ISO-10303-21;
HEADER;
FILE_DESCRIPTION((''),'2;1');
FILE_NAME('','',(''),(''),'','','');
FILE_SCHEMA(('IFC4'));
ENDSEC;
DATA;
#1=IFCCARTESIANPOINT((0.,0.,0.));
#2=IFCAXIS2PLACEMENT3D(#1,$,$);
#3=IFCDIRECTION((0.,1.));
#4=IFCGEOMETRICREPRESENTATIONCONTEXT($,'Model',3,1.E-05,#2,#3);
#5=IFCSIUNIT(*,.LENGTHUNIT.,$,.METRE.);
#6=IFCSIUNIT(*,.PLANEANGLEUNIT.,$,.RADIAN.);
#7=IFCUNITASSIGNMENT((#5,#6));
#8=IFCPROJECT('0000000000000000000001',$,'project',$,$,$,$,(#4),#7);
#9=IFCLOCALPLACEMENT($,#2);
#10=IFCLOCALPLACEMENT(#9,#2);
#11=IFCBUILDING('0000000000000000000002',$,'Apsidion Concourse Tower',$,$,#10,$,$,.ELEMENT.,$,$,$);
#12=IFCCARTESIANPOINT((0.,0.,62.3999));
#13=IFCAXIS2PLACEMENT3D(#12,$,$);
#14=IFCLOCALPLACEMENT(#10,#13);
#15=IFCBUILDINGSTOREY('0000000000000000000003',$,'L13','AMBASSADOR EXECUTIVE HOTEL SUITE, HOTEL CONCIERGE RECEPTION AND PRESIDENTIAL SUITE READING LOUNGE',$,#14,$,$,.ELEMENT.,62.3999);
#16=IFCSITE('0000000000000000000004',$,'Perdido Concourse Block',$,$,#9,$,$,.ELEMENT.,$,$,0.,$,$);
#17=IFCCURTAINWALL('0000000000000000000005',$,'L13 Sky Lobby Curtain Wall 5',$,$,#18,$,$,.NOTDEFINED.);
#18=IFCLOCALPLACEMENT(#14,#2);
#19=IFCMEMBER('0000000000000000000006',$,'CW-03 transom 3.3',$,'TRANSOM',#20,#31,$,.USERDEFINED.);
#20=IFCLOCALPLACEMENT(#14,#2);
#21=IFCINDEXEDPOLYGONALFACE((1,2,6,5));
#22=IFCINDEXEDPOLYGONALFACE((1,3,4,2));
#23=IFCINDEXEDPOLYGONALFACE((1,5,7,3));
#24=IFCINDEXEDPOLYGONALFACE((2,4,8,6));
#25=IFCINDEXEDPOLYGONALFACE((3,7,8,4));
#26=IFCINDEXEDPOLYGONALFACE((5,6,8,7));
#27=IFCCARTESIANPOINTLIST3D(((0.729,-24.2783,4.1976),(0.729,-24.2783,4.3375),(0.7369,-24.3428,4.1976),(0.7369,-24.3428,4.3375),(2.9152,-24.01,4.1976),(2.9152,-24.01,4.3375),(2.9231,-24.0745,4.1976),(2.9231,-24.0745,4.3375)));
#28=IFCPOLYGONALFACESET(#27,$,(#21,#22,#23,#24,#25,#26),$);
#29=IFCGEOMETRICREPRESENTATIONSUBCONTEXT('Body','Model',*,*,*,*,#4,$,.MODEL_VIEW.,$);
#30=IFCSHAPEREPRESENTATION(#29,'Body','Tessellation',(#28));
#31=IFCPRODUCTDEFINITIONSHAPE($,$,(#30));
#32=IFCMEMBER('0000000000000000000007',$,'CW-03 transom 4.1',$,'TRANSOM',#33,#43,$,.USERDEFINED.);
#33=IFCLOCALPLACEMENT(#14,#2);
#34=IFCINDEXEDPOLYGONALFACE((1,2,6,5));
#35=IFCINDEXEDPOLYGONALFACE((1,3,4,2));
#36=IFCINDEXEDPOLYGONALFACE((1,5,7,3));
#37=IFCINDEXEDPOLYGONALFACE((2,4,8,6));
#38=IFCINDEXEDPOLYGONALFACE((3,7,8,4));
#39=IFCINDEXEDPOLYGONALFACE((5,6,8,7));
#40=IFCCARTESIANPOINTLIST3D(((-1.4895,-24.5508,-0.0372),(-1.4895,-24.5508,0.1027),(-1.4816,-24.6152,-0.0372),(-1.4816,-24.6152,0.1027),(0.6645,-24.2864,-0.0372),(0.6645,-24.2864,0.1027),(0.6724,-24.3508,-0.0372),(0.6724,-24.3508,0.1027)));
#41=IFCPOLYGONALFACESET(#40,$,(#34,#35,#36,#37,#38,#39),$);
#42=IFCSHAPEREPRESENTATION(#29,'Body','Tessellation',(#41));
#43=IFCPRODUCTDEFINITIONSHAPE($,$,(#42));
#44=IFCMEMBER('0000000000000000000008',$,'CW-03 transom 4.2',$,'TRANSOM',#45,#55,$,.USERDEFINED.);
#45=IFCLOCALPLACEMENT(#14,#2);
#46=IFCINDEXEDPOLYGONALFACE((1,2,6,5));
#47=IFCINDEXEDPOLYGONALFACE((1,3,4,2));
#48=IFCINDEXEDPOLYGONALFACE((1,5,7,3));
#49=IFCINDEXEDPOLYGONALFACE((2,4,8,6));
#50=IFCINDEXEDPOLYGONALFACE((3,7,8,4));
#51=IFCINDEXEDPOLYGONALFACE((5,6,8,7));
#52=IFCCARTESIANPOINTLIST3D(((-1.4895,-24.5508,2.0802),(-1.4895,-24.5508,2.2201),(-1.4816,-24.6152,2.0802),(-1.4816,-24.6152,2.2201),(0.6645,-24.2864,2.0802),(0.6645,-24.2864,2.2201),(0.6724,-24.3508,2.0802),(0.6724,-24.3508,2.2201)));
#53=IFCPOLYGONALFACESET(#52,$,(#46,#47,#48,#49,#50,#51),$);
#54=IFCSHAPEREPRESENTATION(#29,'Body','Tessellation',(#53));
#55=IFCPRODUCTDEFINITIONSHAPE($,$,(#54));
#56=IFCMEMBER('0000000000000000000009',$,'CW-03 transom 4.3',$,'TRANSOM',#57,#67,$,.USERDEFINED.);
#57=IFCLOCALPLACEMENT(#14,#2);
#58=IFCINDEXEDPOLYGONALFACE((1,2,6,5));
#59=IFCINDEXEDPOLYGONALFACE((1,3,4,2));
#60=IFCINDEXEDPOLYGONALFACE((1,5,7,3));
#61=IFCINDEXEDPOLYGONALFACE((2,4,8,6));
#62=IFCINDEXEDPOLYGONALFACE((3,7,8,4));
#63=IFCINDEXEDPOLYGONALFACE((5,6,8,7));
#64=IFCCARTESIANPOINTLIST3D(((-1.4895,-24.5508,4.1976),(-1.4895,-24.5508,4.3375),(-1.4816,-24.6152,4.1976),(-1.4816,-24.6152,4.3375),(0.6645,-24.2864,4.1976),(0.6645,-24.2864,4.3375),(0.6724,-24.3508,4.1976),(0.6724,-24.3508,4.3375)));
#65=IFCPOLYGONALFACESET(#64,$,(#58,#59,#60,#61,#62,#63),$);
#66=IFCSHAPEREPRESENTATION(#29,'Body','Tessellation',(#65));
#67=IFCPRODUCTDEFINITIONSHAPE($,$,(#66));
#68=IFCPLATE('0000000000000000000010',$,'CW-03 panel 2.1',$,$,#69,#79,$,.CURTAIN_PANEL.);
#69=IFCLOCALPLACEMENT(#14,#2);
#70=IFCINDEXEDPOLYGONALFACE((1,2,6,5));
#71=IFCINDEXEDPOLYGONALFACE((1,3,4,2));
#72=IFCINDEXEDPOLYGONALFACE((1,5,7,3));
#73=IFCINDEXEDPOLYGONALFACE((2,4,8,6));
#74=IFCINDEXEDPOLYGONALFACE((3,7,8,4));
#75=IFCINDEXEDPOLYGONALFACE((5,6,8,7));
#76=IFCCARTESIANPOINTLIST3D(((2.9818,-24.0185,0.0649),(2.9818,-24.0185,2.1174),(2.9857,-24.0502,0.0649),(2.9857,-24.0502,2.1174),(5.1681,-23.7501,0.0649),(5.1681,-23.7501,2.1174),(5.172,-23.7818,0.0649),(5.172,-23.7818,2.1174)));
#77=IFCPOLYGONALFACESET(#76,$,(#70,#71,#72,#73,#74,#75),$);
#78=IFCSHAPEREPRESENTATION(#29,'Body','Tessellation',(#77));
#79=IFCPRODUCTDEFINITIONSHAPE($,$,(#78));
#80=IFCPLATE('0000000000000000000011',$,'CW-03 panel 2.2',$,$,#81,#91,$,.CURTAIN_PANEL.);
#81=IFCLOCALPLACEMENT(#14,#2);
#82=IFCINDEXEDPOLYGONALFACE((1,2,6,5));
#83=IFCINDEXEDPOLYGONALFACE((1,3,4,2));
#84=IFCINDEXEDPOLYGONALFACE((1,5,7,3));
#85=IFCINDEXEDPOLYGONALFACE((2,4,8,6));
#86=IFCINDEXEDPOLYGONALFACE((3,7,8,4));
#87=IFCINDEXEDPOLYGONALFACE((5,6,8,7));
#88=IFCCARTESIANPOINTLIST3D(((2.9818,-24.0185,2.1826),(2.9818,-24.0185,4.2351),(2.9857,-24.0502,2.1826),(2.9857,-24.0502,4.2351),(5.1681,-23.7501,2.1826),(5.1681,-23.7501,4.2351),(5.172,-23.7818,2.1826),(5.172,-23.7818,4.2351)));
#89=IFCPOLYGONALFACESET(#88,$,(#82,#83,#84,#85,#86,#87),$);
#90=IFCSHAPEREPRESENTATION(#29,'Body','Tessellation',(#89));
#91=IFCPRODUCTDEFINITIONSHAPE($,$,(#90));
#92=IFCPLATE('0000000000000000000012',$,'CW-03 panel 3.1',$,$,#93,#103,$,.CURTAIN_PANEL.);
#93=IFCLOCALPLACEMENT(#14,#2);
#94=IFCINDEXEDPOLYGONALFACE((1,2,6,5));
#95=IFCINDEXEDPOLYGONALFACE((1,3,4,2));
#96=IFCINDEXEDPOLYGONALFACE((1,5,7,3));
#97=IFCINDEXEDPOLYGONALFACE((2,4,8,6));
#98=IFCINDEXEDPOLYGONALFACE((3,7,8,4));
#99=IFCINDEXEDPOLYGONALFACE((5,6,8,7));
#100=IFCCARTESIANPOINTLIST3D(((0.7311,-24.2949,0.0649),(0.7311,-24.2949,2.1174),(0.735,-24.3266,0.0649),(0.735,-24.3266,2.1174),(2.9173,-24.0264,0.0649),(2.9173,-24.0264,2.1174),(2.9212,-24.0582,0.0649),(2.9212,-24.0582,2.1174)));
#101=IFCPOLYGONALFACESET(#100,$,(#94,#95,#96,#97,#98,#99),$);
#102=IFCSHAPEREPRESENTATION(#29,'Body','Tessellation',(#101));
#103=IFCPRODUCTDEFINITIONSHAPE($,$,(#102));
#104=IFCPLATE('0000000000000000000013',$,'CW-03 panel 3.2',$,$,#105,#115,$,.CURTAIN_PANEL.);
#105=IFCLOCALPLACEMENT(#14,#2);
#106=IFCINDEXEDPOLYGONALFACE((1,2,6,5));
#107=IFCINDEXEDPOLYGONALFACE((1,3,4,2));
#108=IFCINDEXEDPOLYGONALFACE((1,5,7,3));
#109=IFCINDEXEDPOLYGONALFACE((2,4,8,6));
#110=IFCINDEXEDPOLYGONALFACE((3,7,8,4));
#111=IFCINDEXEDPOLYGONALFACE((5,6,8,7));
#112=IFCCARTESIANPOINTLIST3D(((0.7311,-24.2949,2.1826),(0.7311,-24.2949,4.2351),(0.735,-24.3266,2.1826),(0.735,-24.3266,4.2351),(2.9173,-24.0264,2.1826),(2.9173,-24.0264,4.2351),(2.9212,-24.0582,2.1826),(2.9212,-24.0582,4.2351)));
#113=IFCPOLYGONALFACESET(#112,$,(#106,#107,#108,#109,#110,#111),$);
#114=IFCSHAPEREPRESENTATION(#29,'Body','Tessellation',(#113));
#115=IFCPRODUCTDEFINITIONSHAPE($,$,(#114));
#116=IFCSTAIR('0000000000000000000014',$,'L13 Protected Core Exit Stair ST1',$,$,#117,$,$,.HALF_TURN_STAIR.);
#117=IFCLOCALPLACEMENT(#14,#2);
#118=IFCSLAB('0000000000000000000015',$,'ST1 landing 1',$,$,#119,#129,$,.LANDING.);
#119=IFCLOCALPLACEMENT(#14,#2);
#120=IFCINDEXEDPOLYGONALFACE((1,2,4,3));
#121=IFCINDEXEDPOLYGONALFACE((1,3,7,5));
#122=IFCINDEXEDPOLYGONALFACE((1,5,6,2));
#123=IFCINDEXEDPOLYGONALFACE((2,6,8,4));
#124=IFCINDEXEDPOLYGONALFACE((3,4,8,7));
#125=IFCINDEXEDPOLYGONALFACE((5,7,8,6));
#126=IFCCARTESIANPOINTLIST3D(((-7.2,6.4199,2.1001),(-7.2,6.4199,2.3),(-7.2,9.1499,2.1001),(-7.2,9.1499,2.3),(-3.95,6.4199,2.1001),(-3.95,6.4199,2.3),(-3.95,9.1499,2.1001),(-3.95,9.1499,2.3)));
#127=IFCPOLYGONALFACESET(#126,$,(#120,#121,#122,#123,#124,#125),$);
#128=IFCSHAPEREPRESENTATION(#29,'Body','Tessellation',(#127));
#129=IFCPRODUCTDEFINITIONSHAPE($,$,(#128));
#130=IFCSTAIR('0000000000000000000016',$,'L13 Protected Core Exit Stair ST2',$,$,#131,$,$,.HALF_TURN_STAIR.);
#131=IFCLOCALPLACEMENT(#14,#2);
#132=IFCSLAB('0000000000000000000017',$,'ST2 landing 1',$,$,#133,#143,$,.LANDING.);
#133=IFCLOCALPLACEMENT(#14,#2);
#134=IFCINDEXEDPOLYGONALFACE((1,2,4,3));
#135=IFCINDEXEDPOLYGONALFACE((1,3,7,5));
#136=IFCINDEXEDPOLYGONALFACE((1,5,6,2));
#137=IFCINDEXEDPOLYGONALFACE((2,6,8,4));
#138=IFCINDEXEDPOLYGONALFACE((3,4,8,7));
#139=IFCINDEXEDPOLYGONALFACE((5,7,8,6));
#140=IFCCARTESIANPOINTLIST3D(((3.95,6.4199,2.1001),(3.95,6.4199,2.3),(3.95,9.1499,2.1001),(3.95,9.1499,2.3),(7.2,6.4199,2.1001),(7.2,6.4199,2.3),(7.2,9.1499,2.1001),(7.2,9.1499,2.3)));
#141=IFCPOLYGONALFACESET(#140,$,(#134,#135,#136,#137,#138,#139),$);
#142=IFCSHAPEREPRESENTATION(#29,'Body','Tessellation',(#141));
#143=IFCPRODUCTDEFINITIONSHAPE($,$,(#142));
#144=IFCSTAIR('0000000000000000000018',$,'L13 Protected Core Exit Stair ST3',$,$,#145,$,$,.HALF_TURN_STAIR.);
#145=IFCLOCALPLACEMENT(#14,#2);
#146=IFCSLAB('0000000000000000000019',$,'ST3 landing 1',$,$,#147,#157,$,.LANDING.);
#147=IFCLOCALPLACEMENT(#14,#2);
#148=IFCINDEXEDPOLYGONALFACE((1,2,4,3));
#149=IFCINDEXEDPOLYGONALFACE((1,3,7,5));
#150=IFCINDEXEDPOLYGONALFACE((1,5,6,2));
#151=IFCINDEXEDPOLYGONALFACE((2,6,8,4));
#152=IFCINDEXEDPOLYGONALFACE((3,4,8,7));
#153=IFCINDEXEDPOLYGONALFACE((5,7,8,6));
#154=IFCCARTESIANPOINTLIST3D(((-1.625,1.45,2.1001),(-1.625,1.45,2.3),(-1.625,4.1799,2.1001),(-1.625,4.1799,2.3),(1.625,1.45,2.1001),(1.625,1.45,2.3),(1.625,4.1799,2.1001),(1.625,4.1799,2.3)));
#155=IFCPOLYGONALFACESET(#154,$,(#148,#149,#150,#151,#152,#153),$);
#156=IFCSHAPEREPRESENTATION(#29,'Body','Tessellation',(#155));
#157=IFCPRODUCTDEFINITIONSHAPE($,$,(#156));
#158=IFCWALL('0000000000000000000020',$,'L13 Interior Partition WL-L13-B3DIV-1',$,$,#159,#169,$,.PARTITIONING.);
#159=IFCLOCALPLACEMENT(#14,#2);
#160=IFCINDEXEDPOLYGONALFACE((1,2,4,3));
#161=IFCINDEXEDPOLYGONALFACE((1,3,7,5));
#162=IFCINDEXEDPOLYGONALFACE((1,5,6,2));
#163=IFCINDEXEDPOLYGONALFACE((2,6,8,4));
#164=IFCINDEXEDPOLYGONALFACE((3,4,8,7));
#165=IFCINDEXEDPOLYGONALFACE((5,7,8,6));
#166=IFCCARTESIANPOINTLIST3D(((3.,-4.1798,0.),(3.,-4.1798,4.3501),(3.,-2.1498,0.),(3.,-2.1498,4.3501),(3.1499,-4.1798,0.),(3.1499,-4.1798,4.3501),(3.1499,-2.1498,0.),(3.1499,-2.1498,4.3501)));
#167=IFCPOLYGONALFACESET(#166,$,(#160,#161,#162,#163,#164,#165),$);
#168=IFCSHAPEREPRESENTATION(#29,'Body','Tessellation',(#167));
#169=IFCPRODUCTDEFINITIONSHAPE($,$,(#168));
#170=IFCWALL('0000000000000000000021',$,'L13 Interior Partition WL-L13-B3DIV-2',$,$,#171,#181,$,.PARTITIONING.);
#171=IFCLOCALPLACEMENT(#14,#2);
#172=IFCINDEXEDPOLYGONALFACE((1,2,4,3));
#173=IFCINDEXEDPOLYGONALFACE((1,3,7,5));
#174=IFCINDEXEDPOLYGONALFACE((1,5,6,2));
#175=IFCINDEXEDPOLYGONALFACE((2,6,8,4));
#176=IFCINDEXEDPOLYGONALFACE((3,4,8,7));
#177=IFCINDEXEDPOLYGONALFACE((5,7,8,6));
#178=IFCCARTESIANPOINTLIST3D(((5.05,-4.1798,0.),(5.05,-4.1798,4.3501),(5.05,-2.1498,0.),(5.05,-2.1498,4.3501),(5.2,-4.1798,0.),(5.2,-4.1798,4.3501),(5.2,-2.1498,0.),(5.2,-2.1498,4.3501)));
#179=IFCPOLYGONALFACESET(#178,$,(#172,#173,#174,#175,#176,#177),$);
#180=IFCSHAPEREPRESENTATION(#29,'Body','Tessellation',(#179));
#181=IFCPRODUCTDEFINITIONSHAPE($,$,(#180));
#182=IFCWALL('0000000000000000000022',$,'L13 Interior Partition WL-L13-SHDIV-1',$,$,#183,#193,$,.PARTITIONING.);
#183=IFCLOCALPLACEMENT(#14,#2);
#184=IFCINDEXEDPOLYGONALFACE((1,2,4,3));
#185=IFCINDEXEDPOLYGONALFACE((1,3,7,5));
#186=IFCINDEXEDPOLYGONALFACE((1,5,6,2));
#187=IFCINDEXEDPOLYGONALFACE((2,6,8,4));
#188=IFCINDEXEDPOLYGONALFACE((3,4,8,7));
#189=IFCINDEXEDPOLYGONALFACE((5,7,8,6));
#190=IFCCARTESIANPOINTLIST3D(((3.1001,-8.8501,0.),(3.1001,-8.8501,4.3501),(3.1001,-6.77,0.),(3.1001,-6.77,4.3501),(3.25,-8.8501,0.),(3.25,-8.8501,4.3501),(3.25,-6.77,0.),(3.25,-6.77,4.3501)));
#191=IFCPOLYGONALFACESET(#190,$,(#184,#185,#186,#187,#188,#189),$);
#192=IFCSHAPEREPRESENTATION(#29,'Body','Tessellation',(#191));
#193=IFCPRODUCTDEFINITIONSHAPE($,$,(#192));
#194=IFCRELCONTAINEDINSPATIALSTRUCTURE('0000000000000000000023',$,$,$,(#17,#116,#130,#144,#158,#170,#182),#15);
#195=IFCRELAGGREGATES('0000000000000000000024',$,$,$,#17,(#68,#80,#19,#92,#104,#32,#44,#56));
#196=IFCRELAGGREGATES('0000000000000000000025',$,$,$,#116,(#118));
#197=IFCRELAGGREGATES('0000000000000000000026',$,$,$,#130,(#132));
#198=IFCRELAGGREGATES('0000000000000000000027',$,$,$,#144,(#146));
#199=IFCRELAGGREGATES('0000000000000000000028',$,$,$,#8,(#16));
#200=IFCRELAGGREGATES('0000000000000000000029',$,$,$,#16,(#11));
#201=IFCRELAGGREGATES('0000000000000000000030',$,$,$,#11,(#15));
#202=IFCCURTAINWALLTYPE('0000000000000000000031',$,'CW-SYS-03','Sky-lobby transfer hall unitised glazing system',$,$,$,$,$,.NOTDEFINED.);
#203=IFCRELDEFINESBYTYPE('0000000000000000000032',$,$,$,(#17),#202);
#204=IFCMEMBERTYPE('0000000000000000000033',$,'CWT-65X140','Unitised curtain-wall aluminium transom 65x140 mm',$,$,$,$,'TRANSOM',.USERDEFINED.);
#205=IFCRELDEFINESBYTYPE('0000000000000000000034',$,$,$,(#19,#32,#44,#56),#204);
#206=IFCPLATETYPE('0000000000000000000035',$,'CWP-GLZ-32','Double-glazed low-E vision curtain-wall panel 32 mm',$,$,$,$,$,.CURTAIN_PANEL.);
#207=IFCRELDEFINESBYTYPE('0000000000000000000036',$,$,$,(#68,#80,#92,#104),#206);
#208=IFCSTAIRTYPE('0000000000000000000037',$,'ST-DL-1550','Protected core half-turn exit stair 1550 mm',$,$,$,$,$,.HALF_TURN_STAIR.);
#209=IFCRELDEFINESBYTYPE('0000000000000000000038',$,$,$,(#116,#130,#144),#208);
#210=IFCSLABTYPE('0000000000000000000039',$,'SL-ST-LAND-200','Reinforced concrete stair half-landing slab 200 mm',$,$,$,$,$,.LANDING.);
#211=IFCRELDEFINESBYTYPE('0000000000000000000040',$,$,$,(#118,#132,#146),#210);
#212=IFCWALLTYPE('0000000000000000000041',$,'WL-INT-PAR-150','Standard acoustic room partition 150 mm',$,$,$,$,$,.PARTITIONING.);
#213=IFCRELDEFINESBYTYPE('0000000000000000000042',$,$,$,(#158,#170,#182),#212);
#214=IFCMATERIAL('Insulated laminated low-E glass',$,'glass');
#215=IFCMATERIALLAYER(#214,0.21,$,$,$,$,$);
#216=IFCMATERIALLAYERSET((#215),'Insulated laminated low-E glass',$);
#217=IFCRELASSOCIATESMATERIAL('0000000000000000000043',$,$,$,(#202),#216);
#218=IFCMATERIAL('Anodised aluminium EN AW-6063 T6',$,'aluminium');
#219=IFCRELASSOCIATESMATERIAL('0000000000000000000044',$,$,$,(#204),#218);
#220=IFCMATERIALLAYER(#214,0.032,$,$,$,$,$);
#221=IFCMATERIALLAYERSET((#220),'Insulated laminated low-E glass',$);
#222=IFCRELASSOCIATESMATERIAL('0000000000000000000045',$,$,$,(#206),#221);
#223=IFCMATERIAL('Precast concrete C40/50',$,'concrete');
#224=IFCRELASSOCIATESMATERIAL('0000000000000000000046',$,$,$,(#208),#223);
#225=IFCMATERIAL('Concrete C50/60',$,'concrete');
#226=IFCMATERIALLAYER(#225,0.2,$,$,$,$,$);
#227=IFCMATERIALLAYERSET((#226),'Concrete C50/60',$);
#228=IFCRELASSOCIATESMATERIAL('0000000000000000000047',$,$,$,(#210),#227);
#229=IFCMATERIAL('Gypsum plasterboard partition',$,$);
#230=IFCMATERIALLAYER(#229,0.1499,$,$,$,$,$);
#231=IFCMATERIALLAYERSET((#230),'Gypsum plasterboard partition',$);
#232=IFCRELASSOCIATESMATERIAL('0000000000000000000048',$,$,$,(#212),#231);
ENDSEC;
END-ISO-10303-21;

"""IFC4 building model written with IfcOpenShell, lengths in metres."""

from ifc_helpers import new_model, si_unit, direction, frame, frame_2d, origin, origin_2d, place, context, subcontext, project, spatial, polyline, rectangle, outline, extrude, material, layer, layer_set, material_profile, profile_set, type_object, element, aggregate, save


model = new_model("IFC4")

# Units and contexts
model_context = context("Model", 3, precision=1e-05, world=origin(), true_north=direction((0.0, 1.0)))
body_context = subcontext(model_context, "Body", "Model", "MODEL_VIEW")
ifc_project = project(units=[si_unit("LENGTHUNIT", "METRE"), si_unit("PLANEANGLEUNIT", "RADIAN")], contexts=[model_context])

# Site, building, storey
site_placement = place(None, origin())
site = spatial("IfcSite", under=ifc_project, at=site_placement, Name="Perdido Concourse Block", CompositionType="ELEMENT", RefElevation=0.0)
building_placement = place(site_placement, origin())
building = spatial("IfcBuilding", under=site, at=building_placement, Name="Apsidion Concourse Tower", CompositionType="ELEMENT")
storey_placement = place(building_placement, frame((0.0, 0.0, 62.3999)))
storey = spatial("IfcBuildingStorey", under=building, at=storey_placement, Name="L13", Description="AMBASSADOR EXECUTIVE HOTEL SUITE, HOTEL CONCIERGE RECEPTION AND PRESIDENTIAL SUITE READING LOUNGE", CompositionType="ELEMENT", Elevation=62.3999)

# Shared definitions
ifc_material_1 = material(Name="Concrete C50/60", Category="concrete")

# Curtain wall, members, plates
ifc_material_2 = material(Name="Insulated laminated low-E glass", Category="glass")
ifc_layer_1 = layer(ifc_material_2, 0.21)
ifc_layer_set_1 = layer_set([ifc_layer_1], Name="Insulated laminated low-E glass")
curtain_wall_type = type_object("IfcCurtainWallType", Name="CW-SYS-03", Description="Sky-lobby transfer hall unitised glazing system", PredefinedType="NOTDEFINED", material=ifc_layer_set_1)
curtain_wall_placement = place(storey_placement, origin())
curtain_wall = element("IfcCurtainWall", 1, at=curtain_wall_placement, inside=storey, type_object=curtain_wall_type, Name="L13 Sky Lobby Curtain Wall 5", PredefinedType="NOTDEFINED")
ifc_material_3 = material(Name="Anodised aluminium EN AW-6063 T6", Category="aluminium")
ifc_material_profile_1 = material_profile(ifc_material_3, rectangle(XDim=0.0649, YDim=0.1399, at=origin_2d()), Name="ALU TRANSOM 65x140")
ifc_profile_set_1 = profile_set([ifc_material_profile_1], Name="Anodised aluminium EN AW-6063 T6")
member_type_1 = type_object("IfcMemberType", Name="CWT-65X140", Description="Unitised curtain-wall aluminium transom 65x140 mm", ElementType="TRANSOM", PredefinedType="USERDEFINED", material=ifc_profile_set_1)
member_1_placement = place(storey_placement, frame((2.9192, -24.0422, 4.2676), z_axis=(-0.992553, -0.121811, 0.0), x_axis=(0.121811, -0.992553, 0.0)))
member_1 = element("IfcMember", 2, at=member_1_placement, type_object=member_type_1, Name="CW-03 transom 3.3", ObjectType="TRANSOM", PredefinedType="USERDEFINED", context=body_context, shape_type="SweptSolid", body=[
    extrude(rectangle(XDim=0.0649, YDim=0.1399, at=origin_2d()), origin(), (0.0, 0.0, 1.0), 2.2026),
])
member_2_placement = place(storey_placement, frame((0.6685, -24.3186, 0.0327), z_axis=(-0.992551, -0.121833, 0.0), x_axis=(0.121833, -0.992551, 0.0)))
member_2 = element("IfcMember", 3, at=member_2_placement, type_object=member_type_1, Name="CW-03 transom 4.1", ObjectType="TRANSOM", PredefinedType="USERDEFINED", context=body_context, shape_type="SweptSolid", body=[
    extrude(rectangle(XDim=0.0649, YDim=0.1399, at=origin_2d()), origin(), (0.0, 0.0, 1.0), 2.1702),
])
member_3_placement = place(storey_placement, frame((0.6685, -24.3186, 2.1501), z_axis=(-0.992551, -0.121833, 0.0), x_axis=(0.121833, -0.992551, 0.0)))
member_3 = element("IfcMember", 4, at=member_3_placement, type_object=member_type_1, Name="CW-03 transom 4.2", ObjectType="TRANSOM", PredefinedType="USERDEFINED", context=body_context, shape_type="SweptSolid", body=[
    extrude(rectangle(XDim=0.0649, YDim=0.1399, at=origin_2d()), origin(), (0.0, 0.0, 1.0), 2.1702),
])
member_4_placement = place(storey_placement, frame((0.6685, -24.3186, 4.2676), z_axis=(-0.992551, -0.121833, 0.0), x_axis=(0.121833, -0.992551, 0.0)))
member_4 = element("IfcMember", 5, at=member_4_placement, type_object=member_type_1, Name="CW-03 transom 4.3", ObjectType="TRANSOM", PredefinedType="USERDEFINED", context=body_context, shape_type="SweptSolid", body=[
    extrude(rectangle(XDim=0.0649, YDim=0.1399, at=origin_2d()), origin(), (0.0, 0.0, 1.0), 2.1702),
])
ifc_layer_2 = layer(ifc_material_2, 0.032)
ifc_layer_set_2 = layer_set([ifc_layer_2], Name="Insulated laminated low-E glass")
plate_type = type_object("IfcPlateType", Name="CWP-GLZ-32", Description="Double-glazed low-E vision curtain-wall panel 32 mm", PredefinedType="CURTAIN_PANEL", material=ifc_layer_set_2)
plate_1_placement = place(storey_placement, frame((4.0769, -23.9001, 0.0649), z_axis=(0.0, 0.0, 1.0), x_axis=(-0.992546, -0.121872, 0.0)))
plate_1 = element("IfcPlate", 6, at=plate_1_placement, type_object=plate_type, Name="CW-03 panel 2.1", PredefinedType="CURTAIN_PANEL", context=body_context, shape_type="SweptSolid", body=[
    extrude(rectangle(XDim=2.2026, YDim=0.032, at=origin_2d()), origin(), (0.0, 0.0, 1.0), 2.0525),
])
plate_2_placement = place(storey_placement, frame((4.0769, -23.9001, 2.1826), z_axis=(0.0, 0.0, 1.0), x_axis=(-0.992546, -0.121872, 0.0)))
plate_2 = element("IfcPlate", 7, at=plate_2_placement, type_object=plate_type, Name="CW-03 panel 2.2", PredefinedType="CURTAIN_PANEL", context=body_context, shape_type="SweptSolid", body=[
    extrude(rectangle(XDim=2.2026, YDim=0.032, at=origin_2d()), origin(), (0.0, 0.0, 1.0), 2.0525),
])
plate_3_placement = place(storey_placement, frame((1.8262, -24.1765, 0.0649), z_axis=(0.0, 0.0, 1.0), x_axis=(-0.992546, -0.121872, 0.0)))
plate_3 = element("IfcPlate", 8, at=plate_3_placement, type_object=plate_type, Name="CW-03 panel 3.1", PredefinedType="CURTAIN_PANEL", context=body_context, shape_type="SweptSolid", body=[
    extrude(rectangle(XDim=2.2026, YDim=0.032, at=origin_2d()), origin(), (0.0, 0.0, 1.0), 2.0525),
])
plate_4_placement = place(storey_placement, frame((1.8262, -24.1765, 2.1826), z_axis=(0.0, 0.0, 1.0), x_axis=(-0.992546, -0.121872, 0.0)))
plate_4 = element("IfcPlate", 9, at=plate_4_placement, type_object=plate_type, Name="CW-03 panel 3.2", PredefinedType="CURTAIN_PANEL", context=body_context, shape_type="SweptSolid", body=[
    extrude(rectangle(XDim=2.2026, YDim=0.032, at=origin_2d()), origin(), (0.0, 0.0, 1.0), 2.0525),
])
aggregate(curtain_wall, [plate_1, plate_2, member_1, plate_3, plate_4, member_2, member_3, member_4])

# Stairs, slabs
ifc_material_4 = material(Name="Precast concrete C40/50", Category="concrete")
stair_type = type_object("IfcStairType", Name="ST-DL-1550", Description="Protected core half-turn exit stair 1550 mm", PredefinedType="HALF_TURN_STAIR", material=ifc_material_4)
stair_1_placement = place(storey_placement, origin())
stair_1 = element("IfcStair", 10, at=stair_1_placement, inside=storey, type_object=stair_type, Name="L13 Protected Core Exit Stair ST1", PredefinedType="HALF_TURN_STAIR")
ifc_layer_3 = layer(ifc_material_1, 0.2)
ifc_layer_set_3 = layer_set([ifc_layer_3], Name="Concrete C50/60")
slab_type = type_object("IfcSlabType", Name="SL-ST-LAND-200", Description="Reinforced concrete stair half-landing slab 200 mm", PredefinedType="LANDING", material=ifc_layer_set_3)
slab_1_placement = place(storey_placement, frame((0.0, 0.0, 2.1001)))
slab_1 = element("IfcSlab", 11, at=slab_1_placement, type_object=slab_type, Name="ST1 landing 1", PredefinedType="LANDING", context=body_context, shape_type="SweptSolid", body=[
    extrude(outline(polyline([(-3.95, 6.4199), (-3.95, 9.1499), (-7.2, 9.1499), (-7.2, 6.4199), (-3.95, 6.4199)])), origin(), (0.0, 0.0, 1.0), 0.2),
])
aggregate(stair_1, [slab_1])
stair_2_placement = place(storey_placement, origin())
stair_2 = element("IfcStair", 12, at=stair_2_placement, inside=storey, type_object=stair_type, Name="L13 Protected Core Exit Stair ST2", PredefinedType="HALF_TURN_STAIR")
slab_2_placement = place(storey_placement, frame((0.0, 0.0, 2.1001)))
slab_2 = element("IfcSlab", 13, at=slab_2_placement, type_object=slab_type, Name="ST2 landing 1", PredefinedType="LANDING", context=body_context, shape_type="SweptSolid", body=[
    extrude(outline(polyline([(7.2, 6.4199), (7.2, 9.1499), (3.95, 9.1499), (3.95, 6.4199), (7.2, 6.4199)])), origin(), (0.0, 0.0, 1.0), 0.2),
])
aggregate(stair_2, [slab_2])
stair_3_placement = place(storey_placement, origin())
stair_3 = element("IfcStair", 14, at=stair_3_placement, inside=storey, type_object=stair_type, Name="L13 Protected Core Exit Stair ST3", PredefinedType="HALF_TURN_STAIR")
slab_3_placement = place(storey_placement, frame((0.0, 0.0, 2.1001)))
slab_3 = element("IfcSlab", 15, at=slab_3_placement, type_object=slab_type, Name="ST3 landing 1", PredefinedType="LANDING", context=body_context, shape_type="SweptSolid", body=[
    extrude(outline(polyline([(-1.625, 4.1799), (-1.625, 1.45), (1.625, 1.45), (1.625, 4.1799), (-1.625, 4.1799)])), origin(), (0.0, 0.0, 1.0), 0.2),
])
aggregate(stair_3, [slab_3])

# Walls
ifc_material_5 = material(Name="Gypsum plasterboard partition")
ifc_layer_4 = layer(ifc_material_5, 0.1499)
ifc_layer_set_4 = layer_set([ifc_layer_4], Name="Gypsum plasterboard partition")
wall_type_1 = type_object("IfcWallType", Name="WL-INT-PAR-150", Description="Standard acoustic room partition 150 mm", PredefinedType="PARTITIONING", material=ifc_layer_set_4)
for number, where, z_axis, x_axis, name in (
    (16, (3.075, -4.1799, 0.0), (0.0, 0.0, 1.0), (0.0, 1.0, 0.0), "L13 Interior Partition WL-L13-B3DIV-1"),
    (17, (5.125, -4.1799, 0.0), (0.0, 0.0, 1.0), (0.0, 1.0, 0.0), "L13 Interior Partition WL-L13-B3DIV-2"),
):
    element("IfcWall", number, at=place(storey_placement, frame(where, z_axis=z_axis, x_axis=x_axis)), inside=storey, type_object=wall_type_1, Name=name, PredefinedType="PARTITIONING", context=body_context, shape_type="SweptSolid", body=[
        extrude(rectangle(XDim=2.03, YDim=0.1499, at=frame_2d((1.0151, 0.0))), origin(), (0.0, 0.0, 1.0), 4.3501),
    ])
wall_1_placement = place(storey_placement, frame((3.175, -8.8501, 0.0), z_axis=(0.0, 0.0, 1.0), x_axis=(0.0, 1.0, 0.0)))
element("IfcWall", 18, at=wall_1_placement, inside=storey, type_object=wall_type_1, Name="L13 Interior Partition WL-L13-SHDIV-1", PredefinedType="PARTITIONING", context=body_context, shape_type="SweptSolid", body=[
    extrude(rectangle(XDim=2.0801, YDim=0.1499, at=frame_2d((1.04, 0.0))), origin(), (0.0, 0.0, 1.0), 4.3501),
])

save(model, "model.ifc")
